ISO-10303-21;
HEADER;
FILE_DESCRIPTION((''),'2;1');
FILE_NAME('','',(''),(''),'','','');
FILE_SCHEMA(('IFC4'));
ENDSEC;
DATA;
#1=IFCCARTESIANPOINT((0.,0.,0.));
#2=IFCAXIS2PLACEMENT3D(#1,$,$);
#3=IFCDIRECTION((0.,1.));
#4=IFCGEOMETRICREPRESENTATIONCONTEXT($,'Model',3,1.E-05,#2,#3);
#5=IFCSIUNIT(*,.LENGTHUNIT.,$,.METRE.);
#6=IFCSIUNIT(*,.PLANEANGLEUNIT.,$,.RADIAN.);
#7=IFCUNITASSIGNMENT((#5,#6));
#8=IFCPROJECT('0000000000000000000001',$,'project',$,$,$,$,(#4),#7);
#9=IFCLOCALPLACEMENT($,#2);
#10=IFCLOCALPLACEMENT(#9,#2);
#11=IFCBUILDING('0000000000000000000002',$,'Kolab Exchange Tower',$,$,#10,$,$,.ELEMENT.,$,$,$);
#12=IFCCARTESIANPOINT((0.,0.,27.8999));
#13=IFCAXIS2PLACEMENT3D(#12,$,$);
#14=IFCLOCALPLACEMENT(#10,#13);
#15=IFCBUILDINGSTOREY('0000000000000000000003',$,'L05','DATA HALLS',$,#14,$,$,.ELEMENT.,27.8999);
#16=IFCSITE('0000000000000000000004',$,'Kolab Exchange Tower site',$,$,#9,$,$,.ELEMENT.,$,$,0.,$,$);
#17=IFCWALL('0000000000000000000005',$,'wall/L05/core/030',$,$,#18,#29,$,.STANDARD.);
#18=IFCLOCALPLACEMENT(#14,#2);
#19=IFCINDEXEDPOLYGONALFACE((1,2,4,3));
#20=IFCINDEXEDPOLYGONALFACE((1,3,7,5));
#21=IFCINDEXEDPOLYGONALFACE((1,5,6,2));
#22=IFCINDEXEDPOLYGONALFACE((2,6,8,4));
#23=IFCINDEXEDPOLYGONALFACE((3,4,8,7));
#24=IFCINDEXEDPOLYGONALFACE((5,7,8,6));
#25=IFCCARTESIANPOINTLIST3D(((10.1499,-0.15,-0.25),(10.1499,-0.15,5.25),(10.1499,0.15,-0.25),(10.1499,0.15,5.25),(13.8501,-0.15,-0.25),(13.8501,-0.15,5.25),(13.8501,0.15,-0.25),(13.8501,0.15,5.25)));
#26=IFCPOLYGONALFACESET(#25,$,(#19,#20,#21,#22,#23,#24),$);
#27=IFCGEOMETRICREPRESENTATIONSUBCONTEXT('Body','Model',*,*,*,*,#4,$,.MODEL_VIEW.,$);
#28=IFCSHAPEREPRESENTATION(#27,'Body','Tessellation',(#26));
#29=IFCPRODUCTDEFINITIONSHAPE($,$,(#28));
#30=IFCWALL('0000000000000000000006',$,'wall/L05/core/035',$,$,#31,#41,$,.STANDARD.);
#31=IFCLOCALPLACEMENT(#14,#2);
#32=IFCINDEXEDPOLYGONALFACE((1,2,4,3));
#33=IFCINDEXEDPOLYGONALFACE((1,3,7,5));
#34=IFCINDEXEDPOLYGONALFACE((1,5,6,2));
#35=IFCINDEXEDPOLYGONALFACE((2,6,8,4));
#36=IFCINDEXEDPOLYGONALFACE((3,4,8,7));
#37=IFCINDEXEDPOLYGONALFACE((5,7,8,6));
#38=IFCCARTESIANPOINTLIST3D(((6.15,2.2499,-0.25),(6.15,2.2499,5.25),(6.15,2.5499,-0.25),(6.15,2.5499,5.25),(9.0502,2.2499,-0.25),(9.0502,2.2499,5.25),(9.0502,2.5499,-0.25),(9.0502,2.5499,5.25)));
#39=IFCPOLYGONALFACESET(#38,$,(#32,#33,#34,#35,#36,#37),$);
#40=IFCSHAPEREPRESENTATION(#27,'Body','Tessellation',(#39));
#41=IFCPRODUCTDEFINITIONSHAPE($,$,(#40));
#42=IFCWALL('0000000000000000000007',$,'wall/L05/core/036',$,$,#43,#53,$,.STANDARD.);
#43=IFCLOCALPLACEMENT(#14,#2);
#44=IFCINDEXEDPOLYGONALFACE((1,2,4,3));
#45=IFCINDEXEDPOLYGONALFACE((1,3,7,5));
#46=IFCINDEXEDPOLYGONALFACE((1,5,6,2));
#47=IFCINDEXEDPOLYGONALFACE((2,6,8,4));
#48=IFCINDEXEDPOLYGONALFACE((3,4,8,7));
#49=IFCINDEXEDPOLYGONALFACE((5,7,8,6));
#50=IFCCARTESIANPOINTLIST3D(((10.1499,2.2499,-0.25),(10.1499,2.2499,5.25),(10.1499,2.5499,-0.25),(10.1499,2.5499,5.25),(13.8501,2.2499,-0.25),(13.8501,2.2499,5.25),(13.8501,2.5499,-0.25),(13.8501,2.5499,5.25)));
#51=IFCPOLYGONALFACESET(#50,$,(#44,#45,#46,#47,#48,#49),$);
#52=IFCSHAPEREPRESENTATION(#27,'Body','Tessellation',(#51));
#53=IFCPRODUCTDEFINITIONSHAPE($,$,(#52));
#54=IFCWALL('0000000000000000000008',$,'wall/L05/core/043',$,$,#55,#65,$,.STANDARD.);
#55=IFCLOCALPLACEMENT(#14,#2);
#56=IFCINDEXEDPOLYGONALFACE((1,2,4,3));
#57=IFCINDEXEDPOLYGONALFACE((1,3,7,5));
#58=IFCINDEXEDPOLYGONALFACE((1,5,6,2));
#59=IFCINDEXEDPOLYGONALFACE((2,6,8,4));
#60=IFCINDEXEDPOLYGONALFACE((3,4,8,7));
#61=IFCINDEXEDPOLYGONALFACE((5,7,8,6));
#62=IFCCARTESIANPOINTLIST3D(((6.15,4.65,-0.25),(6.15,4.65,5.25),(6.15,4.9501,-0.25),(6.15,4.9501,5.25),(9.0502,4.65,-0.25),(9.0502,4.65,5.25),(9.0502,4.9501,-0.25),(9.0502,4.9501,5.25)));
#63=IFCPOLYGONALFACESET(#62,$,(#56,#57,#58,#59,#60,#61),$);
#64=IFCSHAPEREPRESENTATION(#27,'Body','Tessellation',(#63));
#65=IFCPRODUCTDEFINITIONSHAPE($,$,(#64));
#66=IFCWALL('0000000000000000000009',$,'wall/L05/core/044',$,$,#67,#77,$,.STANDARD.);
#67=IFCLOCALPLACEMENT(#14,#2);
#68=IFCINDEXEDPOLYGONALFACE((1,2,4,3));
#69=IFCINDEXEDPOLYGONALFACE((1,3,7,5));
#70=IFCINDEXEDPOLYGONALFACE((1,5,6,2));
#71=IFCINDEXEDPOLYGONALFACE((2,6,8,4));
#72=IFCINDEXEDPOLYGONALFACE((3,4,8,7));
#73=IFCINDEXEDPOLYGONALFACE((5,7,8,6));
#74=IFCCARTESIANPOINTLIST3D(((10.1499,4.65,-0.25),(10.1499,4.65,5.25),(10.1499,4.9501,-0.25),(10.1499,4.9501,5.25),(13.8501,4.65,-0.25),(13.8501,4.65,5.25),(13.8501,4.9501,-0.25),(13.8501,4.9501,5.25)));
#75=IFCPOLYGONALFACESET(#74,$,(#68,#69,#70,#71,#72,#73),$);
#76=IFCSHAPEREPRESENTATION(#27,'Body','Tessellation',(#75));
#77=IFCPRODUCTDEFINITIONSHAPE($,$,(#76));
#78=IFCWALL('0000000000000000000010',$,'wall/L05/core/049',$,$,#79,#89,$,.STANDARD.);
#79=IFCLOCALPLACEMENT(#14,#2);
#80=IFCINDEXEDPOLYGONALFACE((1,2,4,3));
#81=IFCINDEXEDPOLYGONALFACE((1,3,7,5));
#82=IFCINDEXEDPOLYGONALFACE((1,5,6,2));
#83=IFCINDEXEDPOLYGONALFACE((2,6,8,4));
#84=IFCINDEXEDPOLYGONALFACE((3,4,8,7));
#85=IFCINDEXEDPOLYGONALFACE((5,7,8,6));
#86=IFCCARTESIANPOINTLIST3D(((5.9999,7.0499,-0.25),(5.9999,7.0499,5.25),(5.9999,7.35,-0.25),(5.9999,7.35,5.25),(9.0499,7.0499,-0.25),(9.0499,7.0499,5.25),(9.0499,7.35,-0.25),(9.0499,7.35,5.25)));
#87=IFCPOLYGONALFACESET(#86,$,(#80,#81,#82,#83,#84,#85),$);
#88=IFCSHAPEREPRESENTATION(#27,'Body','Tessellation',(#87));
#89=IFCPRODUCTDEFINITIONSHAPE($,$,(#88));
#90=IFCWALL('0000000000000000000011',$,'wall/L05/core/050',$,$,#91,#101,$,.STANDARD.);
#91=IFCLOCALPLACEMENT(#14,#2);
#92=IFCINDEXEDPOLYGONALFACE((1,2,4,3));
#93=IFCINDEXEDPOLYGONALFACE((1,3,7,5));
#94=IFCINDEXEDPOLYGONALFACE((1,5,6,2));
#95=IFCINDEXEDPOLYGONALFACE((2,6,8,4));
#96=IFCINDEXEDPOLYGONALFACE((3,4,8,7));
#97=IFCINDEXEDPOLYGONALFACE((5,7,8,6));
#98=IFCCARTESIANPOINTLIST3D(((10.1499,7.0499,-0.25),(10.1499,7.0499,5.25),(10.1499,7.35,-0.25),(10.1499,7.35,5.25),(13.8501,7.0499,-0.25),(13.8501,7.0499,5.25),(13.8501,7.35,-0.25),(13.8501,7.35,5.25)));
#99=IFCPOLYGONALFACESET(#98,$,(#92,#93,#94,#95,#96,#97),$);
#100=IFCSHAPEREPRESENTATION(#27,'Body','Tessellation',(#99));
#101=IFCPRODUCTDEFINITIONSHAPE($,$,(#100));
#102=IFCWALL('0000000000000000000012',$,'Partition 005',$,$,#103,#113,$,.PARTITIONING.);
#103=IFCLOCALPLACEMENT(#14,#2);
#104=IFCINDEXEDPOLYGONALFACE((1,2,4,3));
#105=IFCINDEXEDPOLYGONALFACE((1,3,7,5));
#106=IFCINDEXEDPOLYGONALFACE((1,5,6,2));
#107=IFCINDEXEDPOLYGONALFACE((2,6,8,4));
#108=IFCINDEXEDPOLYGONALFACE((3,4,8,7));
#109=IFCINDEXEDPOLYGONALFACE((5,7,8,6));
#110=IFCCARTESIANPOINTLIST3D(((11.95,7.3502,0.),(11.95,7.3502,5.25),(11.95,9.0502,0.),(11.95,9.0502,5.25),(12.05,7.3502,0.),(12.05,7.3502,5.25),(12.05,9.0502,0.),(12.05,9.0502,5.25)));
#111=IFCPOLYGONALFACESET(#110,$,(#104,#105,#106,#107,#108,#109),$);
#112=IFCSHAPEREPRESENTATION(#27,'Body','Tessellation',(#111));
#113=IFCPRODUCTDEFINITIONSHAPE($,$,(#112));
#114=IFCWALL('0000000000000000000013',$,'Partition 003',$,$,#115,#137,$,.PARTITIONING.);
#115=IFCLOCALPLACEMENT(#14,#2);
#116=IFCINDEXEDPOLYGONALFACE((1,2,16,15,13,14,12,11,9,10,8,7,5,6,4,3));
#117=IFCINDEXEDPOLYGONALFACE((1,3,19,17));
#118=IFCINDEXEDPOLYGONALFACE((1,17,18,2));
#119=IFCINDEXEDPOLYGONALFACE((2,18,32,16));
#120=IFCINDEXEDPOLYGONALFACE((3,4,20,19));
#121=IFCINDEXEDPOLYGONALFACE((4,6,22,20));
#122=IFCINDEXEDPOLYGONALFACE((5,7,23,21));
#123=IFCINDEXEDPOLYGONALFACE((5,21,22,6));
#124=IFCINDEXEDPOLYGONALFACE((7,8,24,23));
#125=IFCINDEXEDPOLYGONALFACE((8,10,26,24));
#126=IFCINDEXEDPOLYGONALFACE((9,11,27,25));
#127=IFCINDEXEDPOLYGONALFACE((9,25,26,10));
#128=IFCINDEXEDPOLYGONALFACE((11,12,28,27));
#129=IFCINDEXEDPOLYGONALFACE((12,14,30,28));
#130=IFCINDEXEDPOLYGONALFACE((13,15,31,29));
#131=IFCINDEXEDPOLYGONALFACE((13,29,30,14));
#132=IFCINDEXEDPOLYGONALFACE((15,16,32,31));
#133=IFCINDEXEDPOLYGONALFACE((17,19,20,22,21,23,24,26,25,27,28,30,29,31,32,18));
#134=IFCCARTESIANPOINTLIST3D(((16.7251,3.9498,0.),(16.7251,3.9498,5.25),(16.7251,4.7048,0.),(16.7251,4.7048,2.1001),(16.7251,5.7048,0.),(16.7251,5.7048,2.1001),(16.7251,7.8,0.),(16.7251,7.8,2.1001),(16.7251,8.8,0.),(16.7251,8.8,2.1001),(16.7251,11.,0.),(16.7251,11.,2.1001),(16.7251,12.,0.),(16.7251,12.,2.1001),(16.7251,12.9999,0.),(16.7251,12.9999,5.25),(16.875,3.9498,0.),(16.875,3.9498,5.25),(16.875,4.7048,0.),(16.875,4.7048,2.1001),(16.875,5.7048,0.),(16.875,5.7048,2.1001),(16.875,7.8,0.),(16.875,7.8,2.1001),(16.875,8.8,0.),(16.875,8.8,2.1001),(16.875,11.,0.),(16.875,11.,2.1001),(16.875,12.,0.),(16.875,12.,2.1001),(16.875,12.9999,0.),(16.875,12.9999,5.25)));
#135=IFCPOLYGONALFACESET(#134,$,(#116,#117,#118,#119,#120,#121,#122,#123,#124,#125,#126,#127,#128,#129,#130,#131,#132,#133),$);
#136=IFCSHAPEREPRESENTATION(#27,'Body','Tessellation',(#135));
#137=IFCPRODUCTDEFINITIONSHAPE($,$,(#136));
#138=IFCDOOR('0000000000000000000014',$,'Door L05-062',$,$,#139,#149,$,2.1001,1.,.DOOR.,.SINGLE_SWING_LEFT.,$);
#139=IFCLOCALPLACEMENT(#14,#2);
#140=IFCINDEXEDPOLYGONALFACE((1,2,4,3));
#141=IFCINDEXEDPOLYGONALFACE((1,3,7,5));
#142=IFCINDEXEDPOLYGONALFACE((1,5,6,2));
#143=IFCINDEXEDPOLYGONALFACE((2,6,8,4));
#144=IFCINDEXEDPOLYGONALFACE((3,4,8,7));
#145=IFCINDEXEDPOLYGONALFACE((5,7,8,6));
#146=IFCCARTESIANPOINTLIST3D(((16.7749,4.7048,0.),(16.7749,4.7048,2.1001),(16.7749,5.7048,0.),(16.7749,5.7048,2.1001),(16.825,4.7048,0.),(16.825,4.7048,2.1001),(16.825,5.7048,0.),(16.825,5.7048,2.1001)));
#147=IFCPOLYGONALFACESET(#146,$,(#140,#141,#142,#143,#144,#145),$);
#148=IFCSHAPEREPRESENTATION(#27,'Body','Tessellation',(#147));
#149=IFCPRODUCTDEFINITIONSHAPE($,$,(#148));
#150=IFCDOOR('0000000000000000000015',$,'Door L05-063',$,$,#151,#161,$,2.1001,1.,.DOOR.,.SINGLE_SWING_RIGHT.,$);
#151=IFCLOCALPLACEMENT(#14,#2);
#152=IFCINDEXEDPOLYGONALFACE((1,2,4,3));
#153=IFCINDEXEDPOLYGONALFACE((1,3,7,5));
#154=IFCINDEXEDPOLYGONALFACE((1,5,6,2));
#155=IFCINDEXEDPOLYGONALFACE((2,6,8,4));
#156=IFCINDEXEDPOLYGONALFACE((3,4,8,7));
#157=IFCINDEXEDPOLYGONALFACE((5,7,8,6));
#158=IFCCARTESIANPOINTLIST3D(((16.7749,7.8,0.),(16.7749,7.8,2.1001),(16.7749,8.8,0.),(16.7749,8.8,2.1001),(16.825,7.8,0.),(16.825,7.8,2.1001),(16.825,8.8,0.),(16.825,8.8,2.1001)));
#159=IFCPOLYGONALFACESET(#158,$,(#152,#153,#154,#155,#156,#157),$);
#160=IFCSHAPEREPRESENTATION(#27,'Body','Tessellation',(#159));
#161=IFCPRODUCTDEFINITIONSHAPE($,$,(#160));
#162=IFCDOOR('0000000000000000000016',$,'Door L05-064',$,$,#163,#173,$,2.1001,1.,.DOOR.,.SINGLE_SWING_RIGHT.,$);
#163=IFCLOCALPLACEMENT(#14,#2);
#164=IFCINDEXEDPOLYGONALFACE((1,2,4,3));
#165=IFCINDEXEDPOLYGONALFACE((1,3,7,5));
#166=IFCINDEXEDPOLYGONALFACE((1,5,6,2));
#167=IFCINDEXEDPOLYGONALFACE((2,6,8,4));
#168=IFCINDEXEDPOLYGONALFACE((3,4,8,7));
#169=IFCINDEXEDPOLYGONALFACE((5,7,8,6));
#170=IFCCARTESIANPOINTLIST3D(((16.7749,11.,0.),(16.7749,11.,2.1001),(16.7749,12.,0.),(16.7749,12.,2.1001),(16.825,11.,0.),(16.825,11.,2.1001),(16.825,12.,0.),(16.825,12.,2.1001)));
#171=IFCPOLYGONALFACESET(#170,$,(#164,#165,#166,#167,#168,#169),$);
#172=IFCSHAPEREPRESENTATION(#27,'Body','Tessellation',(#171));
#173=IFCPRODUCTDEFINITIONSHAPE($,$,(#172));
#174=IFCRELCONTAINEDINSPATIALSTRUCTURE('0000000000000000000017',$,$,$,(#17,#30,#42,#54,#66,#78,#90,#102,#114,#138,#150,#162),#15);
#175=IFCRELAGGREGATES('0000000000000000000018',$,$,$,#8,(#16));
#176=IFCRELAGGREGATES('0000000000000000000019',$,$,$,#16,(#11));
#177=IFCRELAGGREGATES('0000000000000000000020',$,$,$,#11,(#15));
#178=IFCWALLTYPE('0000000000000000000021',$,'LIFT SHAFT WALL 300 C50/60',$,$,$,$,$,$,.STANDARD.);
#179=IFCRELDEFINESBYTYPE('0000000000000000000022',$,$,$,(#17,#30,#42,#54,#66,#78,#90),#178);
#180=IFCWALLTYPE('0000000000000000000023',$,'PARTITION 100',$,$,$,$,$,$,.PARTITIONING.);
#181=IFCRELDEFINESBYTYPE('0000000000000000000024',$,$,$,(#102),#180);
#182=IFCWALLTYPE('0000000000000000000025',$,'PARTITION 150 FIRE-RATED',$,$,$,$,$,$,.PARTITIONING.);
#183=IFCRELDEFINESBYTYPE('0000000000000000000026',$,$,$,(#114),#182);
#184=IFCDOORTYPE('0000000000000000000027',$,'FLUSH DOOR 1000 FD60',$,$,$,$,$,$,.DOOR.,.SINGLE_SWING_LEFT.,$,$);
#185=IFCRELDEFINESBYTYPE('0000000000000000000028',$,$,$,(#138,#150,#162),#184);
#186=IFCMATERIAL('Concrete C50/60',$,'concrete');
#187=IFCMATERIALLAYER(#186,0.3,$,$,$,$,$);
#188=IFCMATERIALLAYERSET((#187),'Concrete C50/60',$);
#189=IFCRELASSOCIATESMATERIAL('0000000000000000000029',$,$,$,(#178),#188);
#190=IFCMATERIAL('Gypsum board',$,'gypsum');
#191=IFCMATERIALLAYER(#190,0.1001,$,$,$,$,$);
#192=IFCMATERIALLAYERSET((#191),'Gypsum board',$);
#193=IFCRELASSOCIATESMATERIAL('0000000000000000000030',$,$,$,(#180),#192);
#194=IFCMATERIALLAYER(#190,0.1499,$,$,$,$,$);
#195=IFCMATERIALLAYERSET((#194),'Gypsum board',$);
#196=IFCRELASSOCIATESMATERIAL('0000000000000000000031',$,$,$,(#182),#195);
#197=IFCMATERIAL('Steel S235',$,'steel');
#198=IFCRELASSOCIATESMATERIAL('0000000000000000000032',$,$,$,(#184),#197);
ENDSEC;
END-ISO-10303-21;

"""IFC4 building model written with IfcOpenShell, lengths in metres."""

from ifc_helpers import new_model, si_unit, direction, frame, frame_2d, origin, place, context, subcontext, project, spatial, rectangle, extrude, material, layer, layer_set, type_object, element, fill, save


model = new_model("IFC4")

# Units and contexts
model_context = context("Model", 3, precision=1e-05, world=origin(), true_north=direction((0.0, 1.0)))
body_context = subcontext(model_context, "Body", "Model", "MODEL_VIEW")
ifc_project = project(units=[si_unit("LENGTHUNIT", "METRE"), si_unit("PLANEANGLEUNIT", "RADIAN")], contexts=[model_context])

# Site, building, storey
site_placement = place(None, origin())
site = spatial("IfcSite", under=ifc_project, at=site_placement, Name="Kolab Exchange Tower site", CompositionType="ELEMENT", RefElevation=0.0)
building_placement = place(site_placement, origin())
building = spatial("IfcBuilding", under=site, at=building_placement, Name="Kolab Exchange Tower", CompositionType="ELEMENT")
storey_placement = place(building_placement, frame((0.0, 0.0, 27.8999)))
storey = spatial("IfcBuildingStorey", under=building, at=storey_placement, Name="L05", Description="DATA HALLS", CompositionType="ELEMENT", Elevation=27.8999)

# Shared definitions
ifc_material_1 = material(Name="Steel S235", Category="steel")

# Walls
ifc_material_2 = material(Name="Concrete C50/60", Category="concrete")
ifc_layer_1 = layer(ifc_material_2, 0.3)
ifc_layer_set_1 = layer_set([ifc_layer_1], Name="Concrete C50/60")
wall_type_1 = type_object("IfcWallType", Name="LIFT SHAFT WALL 300 C50/60", PredefinedType="STANDARD", material=ifc_layer_set_1)
wall_1_placement = place(storey_placement, frame((10.1499, 0.0, -0.25), z_axis=(0.0, 0.0, 1.0), x_axis=(1.0, 0.0, 0.0)))
element("IfcWall", 1, at=wall_1_placement, inside=storey, type_object=wall_type_1, Name="wall/L05/core/030", PredefinedType="STANDARD", context=body_context, shape_type="SweptSolid", body=[
    extrude(rectangle(XDim=3.7002, YDim=0.3, at=frame_2d((1.8501, 0.0))), origin(), (0.0, 0.0, 1.0), 5.5),
])
wall_2_placement = place(storey_placement, frame((6.1499, 2.3999, -0.25), z_axis=(0.0, 0.0, 1.0), x_axis=(1.0, 0.0, 0.0)))
element("IfcWall", 2, at=wall_2_placement, inside=storey, type_object=wall_type_1, Name="wall/L05/core/035", PredefinedType="STANDARD", context=body_context, shape_type="SweptSolid", body=[
    extrude(rectangle(XDim=2.9001, YDim=0.3, at=frame_2d((1.4502, 0.0))), origin(), (0.0, 0.0, 1.0), 5.5),
])
wall_3_placement = place(storey_placement, frame((10.1499, 2.3999, -0.25), z_axis=(0.0, 0.0, 1.0), x_axis=(1.0, 0.0, 0.0)))
element("IfcWall", 3, at=wall_3_placement, inside=storey, type_object=wall_type_1, Name="wall/L05/core/036", PredefinedType="STANDARD", context=body_context, shape_type="SweptSolid", body=[
    extrude(rectangle(XDim=3.7002, YDim=0.3, at=frame_2d((1.8501, 0.0))), origin(), (0.0, 0.0, 1.0), 5.5),
])
wall_4_placement = place(storey_placement, frame((6.1499, 4.8, -0.25), z_axis=(0.0, 0.0, 1.0), x_axis=(1.0, 0.0, 0.0)))
element("IfcWall", 4, at=wall_4_placement, inside=storey, type_object=wall_type_1, Name="wall/L05/core/043", PredefinedType="STANDARD", context=body_context, shape_type="SweptSolid", body=[
    extrude(rectangle(XDim=2.9001, YDim=0.3, at=frame_2d((1.4502, 0.0))), origin(), (0.0, 0.0, 1.0), 5.5),
])
wall_5_placement = place(storey_placement, frame((10.1499, 4.8, -0.25), z_axis=(0.0, 0.0, 1.0), x_axis=(1.0, 0.0, 0.0)))
element("IfcWall", 5, at=wall_5_placement, inside=storey, type_object=wall_type_1, Name="wall/L05/core/044", PredefinedType="STANDARD", context=body_context, shape_type="SweptSolid", body=[
    extrude(rectangle(XDim=3.7002, YDim=0.3, at=frame_2d((1.8501, 0.0))), origin(), (0.0, 0.0, 1.0), 5.5),
])
wall_6_placement = place(storey_placement, frame((6.0, 7.2, -0.25), z_axis=(0.0, 0.0, 1.0), x_axis=(1.0, 0.0, 0.0)))
element("IfcWall", 6, at=wall_6_placement, inside=storey, type_object=wall_type_1, Name="wall/L05/core/049", PredefinedType="STANDARD", context=body_context, shape_type="SweptSolid", body=[
    extrude(rectangle(XDim=3.05, YDim=0.3, at=frame_2d((1.5249, 0.0))), origin(), (0.0, 0.0, 1.0), 5.5),
])
wall_7_placement = place(storey_placement, frame((10.1499, 7.2, -0.25), z_axis=(0.0, 0.0, 1.0), x_axis=(1.0, 0.0, 0.0)))
element("IfcWall", 7, at=wall_7_placement, inside=storey, type_object=wall_type_1, Name="wall/L05/core/050", PredefinedType="STANDARD", context=body_context, shape_type="SweptSolid", body=[
    extrude(rectangle(XDim=3.7002, YDim=0.3, at=frame_2d((1.8501, 0.0))), origin(), (0.0, 0.0, 1.0), 5.5),
])
ifc_material_3 = material(Name="Gypsum board", Category="gypsum")
ifc_layer_2 = layer(ifc_material_3, 0.1001)
ifc_layer_set_2 = layer_set([ifc_layer_2], Name="Gypsum board")
wall_type_2 = type_object("IfcWallType", Name="PARTITION 100", PredefinedType="PARTITIONING", material=ifc_layer_set_2)
wall_8_placement = place(storey_placement, frame((12.0, 7.3501, 0.0), z_axis=(0.0, 0.0, 1.0), x_axis=(0.0, 1.0, 0.0)))
element("IfcWall", 8, at=wall_8_placement, inside=storey, type_object=wall_type_2, Name="Partition 005", PredefinedType="PARTITIONING", context=body_context, shape_type="SweptSolid", body=[
    extrude(rectangle(XDim=1.7, YDim=0.1001, at=frame_2d((0.8501, 0.0))), origin(), (0.0, 0.0, 1.0), 5.25),
])

# Wall, openings, doors
ifc_layer_3 = layer(ifc_material_3, 0.1499)
ifc_layer_set_3 = layer_set([ifc_layer_3], Name="Gypsum board")
wall_type_3 = type_object("IfcWallType", Name="PARTITION 150 FIRE-RATED", PredefinedType="PARTITIONING", material=ifc_layer_set_3)
wall_9_placement = place(storey_placement, frame((16.8, 3.95, 0.0), z_axis=(0.0, 0.0, 1.0), x_axis=(0.0, 1.0, 0.0)))
wall_9 = element("IfcWall", 9, at=wall_9_placement, inside=storey, type_object=wall_type_3, Name="Partition 003", PredefinedType="PARTITIONING", context=body_context, shape_type="SweptSolid", body=[
    extrude(rectangle(XDim=9.05, YDim=0.1499, at=frame_2d((4.5249, 0.0))), origin(), (0.0, 0.0, 1.0), 5.25),
])
opening_1_placement = place(wall_9_placement, frame((0.7549, 0.0, 0.0)))
opening_1 = element("IfcOpeningElement", 10, at=opening_1_placement, cuts=wall_9, PredefinedType="OPENING", context=body_context, shape_type="SweptSolid", body=[
    extrude(rectangle(XDim=1.0, YDim=2.1001, at=frame_2d((0.5, 1.05))), frame((0.0, 0.085, 0.0), z_axis=(0.0, -1.0, 0.0), x_axis=(1.0, 0.0, 0.0)), (0.0, 0.0, 1.0), 0.1699),
])
opening_2_placement = place(wall_9_placement, frame((3.8501, 0.0, 0.0)))
opening_2 = element("IfcOpeningElement", 11, at=opening_2_placement, cuts=wall_9, PredefinedType="OPENING", context=body_context, shape_type="SweptSolid", body=[
    extrude(rectangle(XDim=1.0, YDim=2.1001, at=frame_2d((0.5, 1.05))), frame((0.0, 0.085, 0.0), z_axis=(0.0, -1.0, 0.0), x_axis=(1.0, 0.0, 0.0)), (0.0, 0.0, 1.0), 0.1699),
])
opening_3_placement = place(wall_9_placement, frame((7.05, 0.0, 0.0)))
opening_3 = element("IfcOpeningElement", 12, at=opening_3_placement, cuts=wall_9, PredefinedType="OPENING", context=body_context, shape_type="SweptSolid", body=[
    extrude(rectangle(XDim=1.0, YDim=2.1001, at=frame_2d((0.5, 1.05))), frame((0.0, 0.085, 0.0), z_axis=(0.0, -1.0, 0.0), x_axis=(1.0, 0.0, 0.0)), (0.0, 0.0, 1.0), 0.1699),
])
door_type_1 = type_object("IfcDoorType", Name="FLUSH DOOR 1000 FD60", OperationType="SINGLE_SWING_LEFT", PredefinedType="DOOR", material=ifc_material_1)
door_1_placement = place(opening_1_placement, frame((1.0, 0.0, 0.0), z_axis=(0.0, 0.0, 1.0), x_axis=(-1.0, 0.0, 0.0)))
door_1 = element("IfcDoor", 13, at=door_1_placement, inside=storey, type_object=door_type_1, Name="Door L05-062", OperationType="SINGLE_SWING_LEFT", OverallHeight=2.1001, OverallWidth=1.0, PredefinedType="DOOR", context=body_context, shape_type="SweptSolid", body=[
    extrude(rectangle(XDim=1.0, YDim=2.1001, at=frame_2d((0.5, 1.05))), frame((0.0, 0.0249, 0.0), z_axis=(0.0, -1.0, 0.0), x_axis=(1.0, 0.0, 0.0)), (0.0, 0.0, 1.0), 0.05),
])
fill(opening_1, door_1)
door_2_placement = place(opening_2_placement, frame((1.0, 0.0, 0.0), z_axis=(0.0, 0.0, 1.0), x_axis=(-1.0, 0.0, 0.0)))
door_2 = element("IfcDoor", 14, at=door_2_placement, inside=storey, type_object=door_type_1, Name="Door L05-063", OperationType="SINGLE_SWING_RIGHT", OverallHeight=2.1001, OverallWidth=1.0, PredefinedType="DOOR", context=body_context, shape_type="SweptSolid", body=[
    extrude(rectangle(XDim=1.0, YDim=2.1001, at=frame_2d((0.5, 1.05))), frame((0.0, 0.0249, 0.0), z_axis=(0.0, -1.0, 0.0), x_axis=(1.0, 0.0, 0.0)), (0.0, 0.0, 1.0), 0.05),
])
fill(opening_2, door_2)
door_3_placement = place(opening_3_placement, frame((1.0, 0.0, 0.0), z_axis=(0.0, 0.0, 1.0), x_axis=(-1.0, 0.0, 0.0)))
door_3 = element("IfcDoor", 15, at=door_3_placement, inside=storey, type_object=door_type_1, Name="Door L05-064", OperationType="SINGLE_SWING_RIGHT", OverallHeight=2.1001, OverallWidth=1.0, PredefinedType="DOOR", context=body_context, shape_type="SweptSolid", body=[
    extrude(rectangle(XDim=1.0, YDim=2.1001, at=frame_2d((0.5, 1.05))), frame((0.0, 0.0249, 0.0), z_axis=(0.0, -1.0, 0.0), x_axis=(1.0, 0.0, 0.0)), (0.0, 0.0, 1.0), 0.05),
])
fill(opening_3, door_3)

save(model, "model.ifc")
